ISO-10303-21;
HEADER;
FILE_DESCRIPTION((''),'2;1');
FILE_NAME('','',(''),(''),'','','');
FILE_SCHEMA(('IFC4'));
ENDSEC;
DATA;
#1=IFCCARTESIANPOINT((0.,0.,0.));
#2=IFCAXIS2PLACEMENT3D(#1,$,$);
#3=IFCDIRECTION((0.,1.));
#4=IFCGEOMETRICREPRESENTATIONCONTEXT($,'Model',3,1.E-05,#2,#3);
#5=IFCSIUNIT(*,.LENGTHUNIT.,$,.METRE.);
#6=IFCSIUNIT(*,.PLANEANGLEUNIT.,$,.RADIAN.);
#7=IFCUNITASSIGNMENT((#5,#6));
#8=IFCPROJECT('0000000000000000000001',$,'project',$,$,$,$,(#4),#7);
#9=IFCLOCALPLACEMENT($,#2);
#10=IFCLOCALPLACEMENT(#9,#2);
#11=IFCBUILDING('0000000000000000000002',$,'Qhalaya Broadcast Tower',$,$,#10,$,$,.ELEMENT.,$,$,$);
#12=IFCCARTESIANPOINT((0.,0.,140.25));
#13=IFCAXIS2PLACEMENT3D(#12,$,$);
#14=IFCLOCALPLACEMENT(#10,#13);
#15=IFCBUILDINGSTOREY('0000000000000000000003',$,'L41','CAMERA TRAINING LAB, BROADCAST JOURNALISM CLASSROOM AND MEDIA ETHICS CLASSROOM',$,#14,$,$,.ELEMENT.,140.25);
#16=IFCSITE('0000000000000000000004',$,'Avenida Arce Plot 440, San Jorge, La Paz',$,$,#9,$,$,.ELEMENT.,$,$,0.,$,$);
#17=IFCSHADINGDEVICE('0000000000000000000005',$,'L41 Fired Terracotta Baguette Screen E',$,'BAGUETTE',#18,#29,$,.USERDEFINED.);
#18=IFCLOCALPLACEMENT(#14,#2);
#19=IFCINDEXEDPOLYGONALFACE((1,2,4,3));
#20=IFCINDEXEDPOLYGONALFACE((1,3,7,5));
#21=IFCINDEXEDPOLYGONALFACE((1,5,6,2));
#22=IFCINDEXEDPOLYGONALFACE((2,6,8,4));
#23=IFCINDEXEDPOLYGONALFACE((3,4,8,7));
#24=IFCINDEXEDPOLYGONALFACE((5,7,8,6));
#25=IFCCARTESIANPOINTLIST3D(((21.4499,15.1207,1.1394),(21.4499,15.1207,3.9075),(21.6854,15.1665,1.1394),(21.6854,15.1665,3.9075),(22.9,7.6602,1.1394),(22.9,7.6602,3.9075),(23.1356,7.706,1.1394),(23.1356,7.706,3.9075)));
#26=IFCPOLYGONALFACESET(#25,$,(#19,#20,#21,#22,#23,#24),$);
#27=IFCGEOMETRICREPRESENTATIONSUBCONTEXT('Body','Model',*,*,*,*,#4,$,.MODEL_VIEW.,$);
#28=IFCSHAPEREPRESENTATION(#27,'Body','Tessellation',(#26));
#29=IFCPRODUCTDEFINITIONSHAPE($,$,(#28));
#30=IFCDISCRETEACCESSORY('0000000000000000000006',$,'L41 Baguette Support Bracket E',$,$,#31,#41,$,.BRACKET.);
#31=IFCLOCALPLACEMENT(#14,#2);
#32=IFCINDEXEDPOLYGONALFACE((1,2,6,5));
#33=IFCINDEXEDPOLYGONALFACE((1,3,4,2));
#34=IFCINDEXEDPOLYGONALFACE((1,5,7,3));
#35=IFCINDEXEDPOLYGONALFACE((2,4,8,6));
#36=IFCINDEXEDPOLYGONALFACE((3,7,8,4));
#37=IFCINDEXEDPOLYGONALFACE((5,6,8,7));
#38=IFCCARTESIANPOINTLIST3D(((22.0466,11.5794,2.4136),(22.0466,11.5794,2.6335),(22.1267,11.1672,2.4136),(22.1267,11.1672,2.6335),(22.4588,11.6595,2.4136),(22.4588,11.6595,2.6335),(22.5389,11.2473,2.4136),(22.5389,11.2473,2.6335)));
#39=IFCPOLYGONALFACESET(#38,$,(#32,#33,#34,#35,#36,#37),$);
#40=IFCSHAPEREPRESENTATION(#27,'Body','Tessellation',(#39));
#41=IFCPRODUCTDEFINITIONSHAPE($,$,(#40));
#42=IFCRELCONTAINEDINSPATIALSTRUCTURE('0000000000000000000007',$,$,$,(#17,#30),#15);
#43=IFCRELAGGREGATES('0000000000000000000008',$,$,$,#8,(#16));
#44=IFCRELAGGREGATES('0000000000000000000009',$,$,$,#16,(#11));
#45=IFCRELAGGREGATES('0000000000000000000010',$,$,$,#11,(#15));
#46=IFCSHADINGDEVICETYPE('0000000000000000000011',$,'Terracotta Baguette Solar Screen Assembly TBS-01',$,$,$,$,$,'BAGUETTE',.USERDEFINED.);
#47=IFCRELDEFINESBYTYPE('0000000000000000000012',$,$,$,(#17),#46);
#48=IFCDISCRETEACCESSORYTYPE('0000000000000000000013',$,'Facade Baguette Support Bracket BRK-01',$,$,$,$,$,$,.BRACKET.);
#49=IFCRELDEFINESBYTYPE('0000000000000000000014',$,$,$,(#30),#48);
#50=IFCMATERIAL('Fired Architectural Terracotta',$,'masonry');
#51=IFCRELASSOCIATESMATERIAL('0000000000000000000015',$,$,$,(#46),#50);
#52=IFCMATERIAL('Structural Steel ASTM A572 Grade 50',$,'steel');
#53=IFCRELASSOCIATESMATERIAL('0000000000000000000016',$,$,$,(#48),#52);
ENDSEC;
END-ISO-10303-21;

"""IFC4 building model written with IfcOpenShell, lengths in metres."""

from ifc_helpers import new_model, si_unit, direction, frame, origin, origin_2d, place, context, subcontext, project, spatial, rectangle, extrude, material, type_object, element, save


model = new_model("IFC4")

# Units and contexts
model_context = context("Model", 3, precision=1e-05, world=origin(), true_north=direction((0.0, 1.0)))
body_context = subcontext(model_context, "Body", "Model", "MODEL_VIEW")
ifc_project = project(units=[si_unit("LENGTHUNIT", "METRE"), si_unit("PLANEANGLEUNIT", "RADIAN")], contexts=[model_context])

# Site, building, storey
site_placement = place(None, origin())
site = spatial("IfcSite", under=ifc_project, at=site_placement, Name="Avenida Arce Plot 440, San Jorge, La Paz", CompositionType="ELEMENT", RefElevation=0.0)
building_placement = place(site_placement, origin())
building = spatial("IfcBuilding", under=site, at=building_placement, Name="Qhalaya Broadcast Tower", CompositionType="ELEMENT")
storey_placement = place(building_placement, frame((0.0, 0.0, 140.25)))
storey = spatial("IfcBuildingStorey", under=building, at=storey_placement, Name="L41", Description="CAMERA TRAINING LAB, BROADCAST JOURNALISM CLASSROOM AND MEDIA ETHICS CLASSROOM", CompositionType="ELEMENT", Elevation=140.25)

# Shared definitions
ifc_material_1 = material(Name="Structural Steel ASTM A572 Grade 50", Category="steel")

# Shared definitions
ifc_material_2 = material(Name="Fired Architectural Terracotta", Category="masonry")

# Shading device
shading_device_type = type_object("IfcShadingDeviceType", Name="Terracotta Baguette Solar Screen Assembly TBS-01", ElementType="BAGUETTE", PredefinedType="USERDEFINED", material=ifc_material_2)
shading_device_placement = place(storey_placement, frame((22.2927, 11.4133, 1.1394), z_axis=(0.0, 0.0, 1.0), x_axis=(-0.190809, 0.981627, 0.0)))
element("IfcShadingDevice", 1, at=shading_device_placement, inside=storey, type_object=shading_device_type, Name="L41 Fired Terracotta Baguette Screen E", ObjectType="BAGUETTE", PredefinedType="USERDEFINED", context=body_context, shape_type="SweptSolid", body=[
    extrude(rectangle(XDim=7.6001, YDim=0.24, at=origin_2d()), origin(), (0.0, 0.0, 1.0), 2.7681),
])

# Discrete accessory
discrete_accessory_type = type_object("IfcDiscreteAccessoryType", Name="Facade Baguette Support Bracket BRK-01", PredefinedType="BRACKET", material=ifc_material_1)
discrete_accessory_placement = place(storey_placement, frame((22.2927, 11.4133, 2.4136), z_axis=(0.0, 0.0, 1.0), x_axis=(-0.190809, 0.981627, 0.0)))
element("IfcDiscreteAccessory", 2, at=discrete_accessory_placement, inside=storey, type_object=discrete_accessory_type, Name="L41 Baguette Support Bracket E", PredefinedType="BRACKET", context=body_context, shape_type="SweptSolid", body=[
    extrude(rectangle(XDim=0.4199, YDim=0.4199, at=origin_2d()), origin(), (0.0, 0.0, 1.0), 0.22),
])

save(model, "model.ifc")
